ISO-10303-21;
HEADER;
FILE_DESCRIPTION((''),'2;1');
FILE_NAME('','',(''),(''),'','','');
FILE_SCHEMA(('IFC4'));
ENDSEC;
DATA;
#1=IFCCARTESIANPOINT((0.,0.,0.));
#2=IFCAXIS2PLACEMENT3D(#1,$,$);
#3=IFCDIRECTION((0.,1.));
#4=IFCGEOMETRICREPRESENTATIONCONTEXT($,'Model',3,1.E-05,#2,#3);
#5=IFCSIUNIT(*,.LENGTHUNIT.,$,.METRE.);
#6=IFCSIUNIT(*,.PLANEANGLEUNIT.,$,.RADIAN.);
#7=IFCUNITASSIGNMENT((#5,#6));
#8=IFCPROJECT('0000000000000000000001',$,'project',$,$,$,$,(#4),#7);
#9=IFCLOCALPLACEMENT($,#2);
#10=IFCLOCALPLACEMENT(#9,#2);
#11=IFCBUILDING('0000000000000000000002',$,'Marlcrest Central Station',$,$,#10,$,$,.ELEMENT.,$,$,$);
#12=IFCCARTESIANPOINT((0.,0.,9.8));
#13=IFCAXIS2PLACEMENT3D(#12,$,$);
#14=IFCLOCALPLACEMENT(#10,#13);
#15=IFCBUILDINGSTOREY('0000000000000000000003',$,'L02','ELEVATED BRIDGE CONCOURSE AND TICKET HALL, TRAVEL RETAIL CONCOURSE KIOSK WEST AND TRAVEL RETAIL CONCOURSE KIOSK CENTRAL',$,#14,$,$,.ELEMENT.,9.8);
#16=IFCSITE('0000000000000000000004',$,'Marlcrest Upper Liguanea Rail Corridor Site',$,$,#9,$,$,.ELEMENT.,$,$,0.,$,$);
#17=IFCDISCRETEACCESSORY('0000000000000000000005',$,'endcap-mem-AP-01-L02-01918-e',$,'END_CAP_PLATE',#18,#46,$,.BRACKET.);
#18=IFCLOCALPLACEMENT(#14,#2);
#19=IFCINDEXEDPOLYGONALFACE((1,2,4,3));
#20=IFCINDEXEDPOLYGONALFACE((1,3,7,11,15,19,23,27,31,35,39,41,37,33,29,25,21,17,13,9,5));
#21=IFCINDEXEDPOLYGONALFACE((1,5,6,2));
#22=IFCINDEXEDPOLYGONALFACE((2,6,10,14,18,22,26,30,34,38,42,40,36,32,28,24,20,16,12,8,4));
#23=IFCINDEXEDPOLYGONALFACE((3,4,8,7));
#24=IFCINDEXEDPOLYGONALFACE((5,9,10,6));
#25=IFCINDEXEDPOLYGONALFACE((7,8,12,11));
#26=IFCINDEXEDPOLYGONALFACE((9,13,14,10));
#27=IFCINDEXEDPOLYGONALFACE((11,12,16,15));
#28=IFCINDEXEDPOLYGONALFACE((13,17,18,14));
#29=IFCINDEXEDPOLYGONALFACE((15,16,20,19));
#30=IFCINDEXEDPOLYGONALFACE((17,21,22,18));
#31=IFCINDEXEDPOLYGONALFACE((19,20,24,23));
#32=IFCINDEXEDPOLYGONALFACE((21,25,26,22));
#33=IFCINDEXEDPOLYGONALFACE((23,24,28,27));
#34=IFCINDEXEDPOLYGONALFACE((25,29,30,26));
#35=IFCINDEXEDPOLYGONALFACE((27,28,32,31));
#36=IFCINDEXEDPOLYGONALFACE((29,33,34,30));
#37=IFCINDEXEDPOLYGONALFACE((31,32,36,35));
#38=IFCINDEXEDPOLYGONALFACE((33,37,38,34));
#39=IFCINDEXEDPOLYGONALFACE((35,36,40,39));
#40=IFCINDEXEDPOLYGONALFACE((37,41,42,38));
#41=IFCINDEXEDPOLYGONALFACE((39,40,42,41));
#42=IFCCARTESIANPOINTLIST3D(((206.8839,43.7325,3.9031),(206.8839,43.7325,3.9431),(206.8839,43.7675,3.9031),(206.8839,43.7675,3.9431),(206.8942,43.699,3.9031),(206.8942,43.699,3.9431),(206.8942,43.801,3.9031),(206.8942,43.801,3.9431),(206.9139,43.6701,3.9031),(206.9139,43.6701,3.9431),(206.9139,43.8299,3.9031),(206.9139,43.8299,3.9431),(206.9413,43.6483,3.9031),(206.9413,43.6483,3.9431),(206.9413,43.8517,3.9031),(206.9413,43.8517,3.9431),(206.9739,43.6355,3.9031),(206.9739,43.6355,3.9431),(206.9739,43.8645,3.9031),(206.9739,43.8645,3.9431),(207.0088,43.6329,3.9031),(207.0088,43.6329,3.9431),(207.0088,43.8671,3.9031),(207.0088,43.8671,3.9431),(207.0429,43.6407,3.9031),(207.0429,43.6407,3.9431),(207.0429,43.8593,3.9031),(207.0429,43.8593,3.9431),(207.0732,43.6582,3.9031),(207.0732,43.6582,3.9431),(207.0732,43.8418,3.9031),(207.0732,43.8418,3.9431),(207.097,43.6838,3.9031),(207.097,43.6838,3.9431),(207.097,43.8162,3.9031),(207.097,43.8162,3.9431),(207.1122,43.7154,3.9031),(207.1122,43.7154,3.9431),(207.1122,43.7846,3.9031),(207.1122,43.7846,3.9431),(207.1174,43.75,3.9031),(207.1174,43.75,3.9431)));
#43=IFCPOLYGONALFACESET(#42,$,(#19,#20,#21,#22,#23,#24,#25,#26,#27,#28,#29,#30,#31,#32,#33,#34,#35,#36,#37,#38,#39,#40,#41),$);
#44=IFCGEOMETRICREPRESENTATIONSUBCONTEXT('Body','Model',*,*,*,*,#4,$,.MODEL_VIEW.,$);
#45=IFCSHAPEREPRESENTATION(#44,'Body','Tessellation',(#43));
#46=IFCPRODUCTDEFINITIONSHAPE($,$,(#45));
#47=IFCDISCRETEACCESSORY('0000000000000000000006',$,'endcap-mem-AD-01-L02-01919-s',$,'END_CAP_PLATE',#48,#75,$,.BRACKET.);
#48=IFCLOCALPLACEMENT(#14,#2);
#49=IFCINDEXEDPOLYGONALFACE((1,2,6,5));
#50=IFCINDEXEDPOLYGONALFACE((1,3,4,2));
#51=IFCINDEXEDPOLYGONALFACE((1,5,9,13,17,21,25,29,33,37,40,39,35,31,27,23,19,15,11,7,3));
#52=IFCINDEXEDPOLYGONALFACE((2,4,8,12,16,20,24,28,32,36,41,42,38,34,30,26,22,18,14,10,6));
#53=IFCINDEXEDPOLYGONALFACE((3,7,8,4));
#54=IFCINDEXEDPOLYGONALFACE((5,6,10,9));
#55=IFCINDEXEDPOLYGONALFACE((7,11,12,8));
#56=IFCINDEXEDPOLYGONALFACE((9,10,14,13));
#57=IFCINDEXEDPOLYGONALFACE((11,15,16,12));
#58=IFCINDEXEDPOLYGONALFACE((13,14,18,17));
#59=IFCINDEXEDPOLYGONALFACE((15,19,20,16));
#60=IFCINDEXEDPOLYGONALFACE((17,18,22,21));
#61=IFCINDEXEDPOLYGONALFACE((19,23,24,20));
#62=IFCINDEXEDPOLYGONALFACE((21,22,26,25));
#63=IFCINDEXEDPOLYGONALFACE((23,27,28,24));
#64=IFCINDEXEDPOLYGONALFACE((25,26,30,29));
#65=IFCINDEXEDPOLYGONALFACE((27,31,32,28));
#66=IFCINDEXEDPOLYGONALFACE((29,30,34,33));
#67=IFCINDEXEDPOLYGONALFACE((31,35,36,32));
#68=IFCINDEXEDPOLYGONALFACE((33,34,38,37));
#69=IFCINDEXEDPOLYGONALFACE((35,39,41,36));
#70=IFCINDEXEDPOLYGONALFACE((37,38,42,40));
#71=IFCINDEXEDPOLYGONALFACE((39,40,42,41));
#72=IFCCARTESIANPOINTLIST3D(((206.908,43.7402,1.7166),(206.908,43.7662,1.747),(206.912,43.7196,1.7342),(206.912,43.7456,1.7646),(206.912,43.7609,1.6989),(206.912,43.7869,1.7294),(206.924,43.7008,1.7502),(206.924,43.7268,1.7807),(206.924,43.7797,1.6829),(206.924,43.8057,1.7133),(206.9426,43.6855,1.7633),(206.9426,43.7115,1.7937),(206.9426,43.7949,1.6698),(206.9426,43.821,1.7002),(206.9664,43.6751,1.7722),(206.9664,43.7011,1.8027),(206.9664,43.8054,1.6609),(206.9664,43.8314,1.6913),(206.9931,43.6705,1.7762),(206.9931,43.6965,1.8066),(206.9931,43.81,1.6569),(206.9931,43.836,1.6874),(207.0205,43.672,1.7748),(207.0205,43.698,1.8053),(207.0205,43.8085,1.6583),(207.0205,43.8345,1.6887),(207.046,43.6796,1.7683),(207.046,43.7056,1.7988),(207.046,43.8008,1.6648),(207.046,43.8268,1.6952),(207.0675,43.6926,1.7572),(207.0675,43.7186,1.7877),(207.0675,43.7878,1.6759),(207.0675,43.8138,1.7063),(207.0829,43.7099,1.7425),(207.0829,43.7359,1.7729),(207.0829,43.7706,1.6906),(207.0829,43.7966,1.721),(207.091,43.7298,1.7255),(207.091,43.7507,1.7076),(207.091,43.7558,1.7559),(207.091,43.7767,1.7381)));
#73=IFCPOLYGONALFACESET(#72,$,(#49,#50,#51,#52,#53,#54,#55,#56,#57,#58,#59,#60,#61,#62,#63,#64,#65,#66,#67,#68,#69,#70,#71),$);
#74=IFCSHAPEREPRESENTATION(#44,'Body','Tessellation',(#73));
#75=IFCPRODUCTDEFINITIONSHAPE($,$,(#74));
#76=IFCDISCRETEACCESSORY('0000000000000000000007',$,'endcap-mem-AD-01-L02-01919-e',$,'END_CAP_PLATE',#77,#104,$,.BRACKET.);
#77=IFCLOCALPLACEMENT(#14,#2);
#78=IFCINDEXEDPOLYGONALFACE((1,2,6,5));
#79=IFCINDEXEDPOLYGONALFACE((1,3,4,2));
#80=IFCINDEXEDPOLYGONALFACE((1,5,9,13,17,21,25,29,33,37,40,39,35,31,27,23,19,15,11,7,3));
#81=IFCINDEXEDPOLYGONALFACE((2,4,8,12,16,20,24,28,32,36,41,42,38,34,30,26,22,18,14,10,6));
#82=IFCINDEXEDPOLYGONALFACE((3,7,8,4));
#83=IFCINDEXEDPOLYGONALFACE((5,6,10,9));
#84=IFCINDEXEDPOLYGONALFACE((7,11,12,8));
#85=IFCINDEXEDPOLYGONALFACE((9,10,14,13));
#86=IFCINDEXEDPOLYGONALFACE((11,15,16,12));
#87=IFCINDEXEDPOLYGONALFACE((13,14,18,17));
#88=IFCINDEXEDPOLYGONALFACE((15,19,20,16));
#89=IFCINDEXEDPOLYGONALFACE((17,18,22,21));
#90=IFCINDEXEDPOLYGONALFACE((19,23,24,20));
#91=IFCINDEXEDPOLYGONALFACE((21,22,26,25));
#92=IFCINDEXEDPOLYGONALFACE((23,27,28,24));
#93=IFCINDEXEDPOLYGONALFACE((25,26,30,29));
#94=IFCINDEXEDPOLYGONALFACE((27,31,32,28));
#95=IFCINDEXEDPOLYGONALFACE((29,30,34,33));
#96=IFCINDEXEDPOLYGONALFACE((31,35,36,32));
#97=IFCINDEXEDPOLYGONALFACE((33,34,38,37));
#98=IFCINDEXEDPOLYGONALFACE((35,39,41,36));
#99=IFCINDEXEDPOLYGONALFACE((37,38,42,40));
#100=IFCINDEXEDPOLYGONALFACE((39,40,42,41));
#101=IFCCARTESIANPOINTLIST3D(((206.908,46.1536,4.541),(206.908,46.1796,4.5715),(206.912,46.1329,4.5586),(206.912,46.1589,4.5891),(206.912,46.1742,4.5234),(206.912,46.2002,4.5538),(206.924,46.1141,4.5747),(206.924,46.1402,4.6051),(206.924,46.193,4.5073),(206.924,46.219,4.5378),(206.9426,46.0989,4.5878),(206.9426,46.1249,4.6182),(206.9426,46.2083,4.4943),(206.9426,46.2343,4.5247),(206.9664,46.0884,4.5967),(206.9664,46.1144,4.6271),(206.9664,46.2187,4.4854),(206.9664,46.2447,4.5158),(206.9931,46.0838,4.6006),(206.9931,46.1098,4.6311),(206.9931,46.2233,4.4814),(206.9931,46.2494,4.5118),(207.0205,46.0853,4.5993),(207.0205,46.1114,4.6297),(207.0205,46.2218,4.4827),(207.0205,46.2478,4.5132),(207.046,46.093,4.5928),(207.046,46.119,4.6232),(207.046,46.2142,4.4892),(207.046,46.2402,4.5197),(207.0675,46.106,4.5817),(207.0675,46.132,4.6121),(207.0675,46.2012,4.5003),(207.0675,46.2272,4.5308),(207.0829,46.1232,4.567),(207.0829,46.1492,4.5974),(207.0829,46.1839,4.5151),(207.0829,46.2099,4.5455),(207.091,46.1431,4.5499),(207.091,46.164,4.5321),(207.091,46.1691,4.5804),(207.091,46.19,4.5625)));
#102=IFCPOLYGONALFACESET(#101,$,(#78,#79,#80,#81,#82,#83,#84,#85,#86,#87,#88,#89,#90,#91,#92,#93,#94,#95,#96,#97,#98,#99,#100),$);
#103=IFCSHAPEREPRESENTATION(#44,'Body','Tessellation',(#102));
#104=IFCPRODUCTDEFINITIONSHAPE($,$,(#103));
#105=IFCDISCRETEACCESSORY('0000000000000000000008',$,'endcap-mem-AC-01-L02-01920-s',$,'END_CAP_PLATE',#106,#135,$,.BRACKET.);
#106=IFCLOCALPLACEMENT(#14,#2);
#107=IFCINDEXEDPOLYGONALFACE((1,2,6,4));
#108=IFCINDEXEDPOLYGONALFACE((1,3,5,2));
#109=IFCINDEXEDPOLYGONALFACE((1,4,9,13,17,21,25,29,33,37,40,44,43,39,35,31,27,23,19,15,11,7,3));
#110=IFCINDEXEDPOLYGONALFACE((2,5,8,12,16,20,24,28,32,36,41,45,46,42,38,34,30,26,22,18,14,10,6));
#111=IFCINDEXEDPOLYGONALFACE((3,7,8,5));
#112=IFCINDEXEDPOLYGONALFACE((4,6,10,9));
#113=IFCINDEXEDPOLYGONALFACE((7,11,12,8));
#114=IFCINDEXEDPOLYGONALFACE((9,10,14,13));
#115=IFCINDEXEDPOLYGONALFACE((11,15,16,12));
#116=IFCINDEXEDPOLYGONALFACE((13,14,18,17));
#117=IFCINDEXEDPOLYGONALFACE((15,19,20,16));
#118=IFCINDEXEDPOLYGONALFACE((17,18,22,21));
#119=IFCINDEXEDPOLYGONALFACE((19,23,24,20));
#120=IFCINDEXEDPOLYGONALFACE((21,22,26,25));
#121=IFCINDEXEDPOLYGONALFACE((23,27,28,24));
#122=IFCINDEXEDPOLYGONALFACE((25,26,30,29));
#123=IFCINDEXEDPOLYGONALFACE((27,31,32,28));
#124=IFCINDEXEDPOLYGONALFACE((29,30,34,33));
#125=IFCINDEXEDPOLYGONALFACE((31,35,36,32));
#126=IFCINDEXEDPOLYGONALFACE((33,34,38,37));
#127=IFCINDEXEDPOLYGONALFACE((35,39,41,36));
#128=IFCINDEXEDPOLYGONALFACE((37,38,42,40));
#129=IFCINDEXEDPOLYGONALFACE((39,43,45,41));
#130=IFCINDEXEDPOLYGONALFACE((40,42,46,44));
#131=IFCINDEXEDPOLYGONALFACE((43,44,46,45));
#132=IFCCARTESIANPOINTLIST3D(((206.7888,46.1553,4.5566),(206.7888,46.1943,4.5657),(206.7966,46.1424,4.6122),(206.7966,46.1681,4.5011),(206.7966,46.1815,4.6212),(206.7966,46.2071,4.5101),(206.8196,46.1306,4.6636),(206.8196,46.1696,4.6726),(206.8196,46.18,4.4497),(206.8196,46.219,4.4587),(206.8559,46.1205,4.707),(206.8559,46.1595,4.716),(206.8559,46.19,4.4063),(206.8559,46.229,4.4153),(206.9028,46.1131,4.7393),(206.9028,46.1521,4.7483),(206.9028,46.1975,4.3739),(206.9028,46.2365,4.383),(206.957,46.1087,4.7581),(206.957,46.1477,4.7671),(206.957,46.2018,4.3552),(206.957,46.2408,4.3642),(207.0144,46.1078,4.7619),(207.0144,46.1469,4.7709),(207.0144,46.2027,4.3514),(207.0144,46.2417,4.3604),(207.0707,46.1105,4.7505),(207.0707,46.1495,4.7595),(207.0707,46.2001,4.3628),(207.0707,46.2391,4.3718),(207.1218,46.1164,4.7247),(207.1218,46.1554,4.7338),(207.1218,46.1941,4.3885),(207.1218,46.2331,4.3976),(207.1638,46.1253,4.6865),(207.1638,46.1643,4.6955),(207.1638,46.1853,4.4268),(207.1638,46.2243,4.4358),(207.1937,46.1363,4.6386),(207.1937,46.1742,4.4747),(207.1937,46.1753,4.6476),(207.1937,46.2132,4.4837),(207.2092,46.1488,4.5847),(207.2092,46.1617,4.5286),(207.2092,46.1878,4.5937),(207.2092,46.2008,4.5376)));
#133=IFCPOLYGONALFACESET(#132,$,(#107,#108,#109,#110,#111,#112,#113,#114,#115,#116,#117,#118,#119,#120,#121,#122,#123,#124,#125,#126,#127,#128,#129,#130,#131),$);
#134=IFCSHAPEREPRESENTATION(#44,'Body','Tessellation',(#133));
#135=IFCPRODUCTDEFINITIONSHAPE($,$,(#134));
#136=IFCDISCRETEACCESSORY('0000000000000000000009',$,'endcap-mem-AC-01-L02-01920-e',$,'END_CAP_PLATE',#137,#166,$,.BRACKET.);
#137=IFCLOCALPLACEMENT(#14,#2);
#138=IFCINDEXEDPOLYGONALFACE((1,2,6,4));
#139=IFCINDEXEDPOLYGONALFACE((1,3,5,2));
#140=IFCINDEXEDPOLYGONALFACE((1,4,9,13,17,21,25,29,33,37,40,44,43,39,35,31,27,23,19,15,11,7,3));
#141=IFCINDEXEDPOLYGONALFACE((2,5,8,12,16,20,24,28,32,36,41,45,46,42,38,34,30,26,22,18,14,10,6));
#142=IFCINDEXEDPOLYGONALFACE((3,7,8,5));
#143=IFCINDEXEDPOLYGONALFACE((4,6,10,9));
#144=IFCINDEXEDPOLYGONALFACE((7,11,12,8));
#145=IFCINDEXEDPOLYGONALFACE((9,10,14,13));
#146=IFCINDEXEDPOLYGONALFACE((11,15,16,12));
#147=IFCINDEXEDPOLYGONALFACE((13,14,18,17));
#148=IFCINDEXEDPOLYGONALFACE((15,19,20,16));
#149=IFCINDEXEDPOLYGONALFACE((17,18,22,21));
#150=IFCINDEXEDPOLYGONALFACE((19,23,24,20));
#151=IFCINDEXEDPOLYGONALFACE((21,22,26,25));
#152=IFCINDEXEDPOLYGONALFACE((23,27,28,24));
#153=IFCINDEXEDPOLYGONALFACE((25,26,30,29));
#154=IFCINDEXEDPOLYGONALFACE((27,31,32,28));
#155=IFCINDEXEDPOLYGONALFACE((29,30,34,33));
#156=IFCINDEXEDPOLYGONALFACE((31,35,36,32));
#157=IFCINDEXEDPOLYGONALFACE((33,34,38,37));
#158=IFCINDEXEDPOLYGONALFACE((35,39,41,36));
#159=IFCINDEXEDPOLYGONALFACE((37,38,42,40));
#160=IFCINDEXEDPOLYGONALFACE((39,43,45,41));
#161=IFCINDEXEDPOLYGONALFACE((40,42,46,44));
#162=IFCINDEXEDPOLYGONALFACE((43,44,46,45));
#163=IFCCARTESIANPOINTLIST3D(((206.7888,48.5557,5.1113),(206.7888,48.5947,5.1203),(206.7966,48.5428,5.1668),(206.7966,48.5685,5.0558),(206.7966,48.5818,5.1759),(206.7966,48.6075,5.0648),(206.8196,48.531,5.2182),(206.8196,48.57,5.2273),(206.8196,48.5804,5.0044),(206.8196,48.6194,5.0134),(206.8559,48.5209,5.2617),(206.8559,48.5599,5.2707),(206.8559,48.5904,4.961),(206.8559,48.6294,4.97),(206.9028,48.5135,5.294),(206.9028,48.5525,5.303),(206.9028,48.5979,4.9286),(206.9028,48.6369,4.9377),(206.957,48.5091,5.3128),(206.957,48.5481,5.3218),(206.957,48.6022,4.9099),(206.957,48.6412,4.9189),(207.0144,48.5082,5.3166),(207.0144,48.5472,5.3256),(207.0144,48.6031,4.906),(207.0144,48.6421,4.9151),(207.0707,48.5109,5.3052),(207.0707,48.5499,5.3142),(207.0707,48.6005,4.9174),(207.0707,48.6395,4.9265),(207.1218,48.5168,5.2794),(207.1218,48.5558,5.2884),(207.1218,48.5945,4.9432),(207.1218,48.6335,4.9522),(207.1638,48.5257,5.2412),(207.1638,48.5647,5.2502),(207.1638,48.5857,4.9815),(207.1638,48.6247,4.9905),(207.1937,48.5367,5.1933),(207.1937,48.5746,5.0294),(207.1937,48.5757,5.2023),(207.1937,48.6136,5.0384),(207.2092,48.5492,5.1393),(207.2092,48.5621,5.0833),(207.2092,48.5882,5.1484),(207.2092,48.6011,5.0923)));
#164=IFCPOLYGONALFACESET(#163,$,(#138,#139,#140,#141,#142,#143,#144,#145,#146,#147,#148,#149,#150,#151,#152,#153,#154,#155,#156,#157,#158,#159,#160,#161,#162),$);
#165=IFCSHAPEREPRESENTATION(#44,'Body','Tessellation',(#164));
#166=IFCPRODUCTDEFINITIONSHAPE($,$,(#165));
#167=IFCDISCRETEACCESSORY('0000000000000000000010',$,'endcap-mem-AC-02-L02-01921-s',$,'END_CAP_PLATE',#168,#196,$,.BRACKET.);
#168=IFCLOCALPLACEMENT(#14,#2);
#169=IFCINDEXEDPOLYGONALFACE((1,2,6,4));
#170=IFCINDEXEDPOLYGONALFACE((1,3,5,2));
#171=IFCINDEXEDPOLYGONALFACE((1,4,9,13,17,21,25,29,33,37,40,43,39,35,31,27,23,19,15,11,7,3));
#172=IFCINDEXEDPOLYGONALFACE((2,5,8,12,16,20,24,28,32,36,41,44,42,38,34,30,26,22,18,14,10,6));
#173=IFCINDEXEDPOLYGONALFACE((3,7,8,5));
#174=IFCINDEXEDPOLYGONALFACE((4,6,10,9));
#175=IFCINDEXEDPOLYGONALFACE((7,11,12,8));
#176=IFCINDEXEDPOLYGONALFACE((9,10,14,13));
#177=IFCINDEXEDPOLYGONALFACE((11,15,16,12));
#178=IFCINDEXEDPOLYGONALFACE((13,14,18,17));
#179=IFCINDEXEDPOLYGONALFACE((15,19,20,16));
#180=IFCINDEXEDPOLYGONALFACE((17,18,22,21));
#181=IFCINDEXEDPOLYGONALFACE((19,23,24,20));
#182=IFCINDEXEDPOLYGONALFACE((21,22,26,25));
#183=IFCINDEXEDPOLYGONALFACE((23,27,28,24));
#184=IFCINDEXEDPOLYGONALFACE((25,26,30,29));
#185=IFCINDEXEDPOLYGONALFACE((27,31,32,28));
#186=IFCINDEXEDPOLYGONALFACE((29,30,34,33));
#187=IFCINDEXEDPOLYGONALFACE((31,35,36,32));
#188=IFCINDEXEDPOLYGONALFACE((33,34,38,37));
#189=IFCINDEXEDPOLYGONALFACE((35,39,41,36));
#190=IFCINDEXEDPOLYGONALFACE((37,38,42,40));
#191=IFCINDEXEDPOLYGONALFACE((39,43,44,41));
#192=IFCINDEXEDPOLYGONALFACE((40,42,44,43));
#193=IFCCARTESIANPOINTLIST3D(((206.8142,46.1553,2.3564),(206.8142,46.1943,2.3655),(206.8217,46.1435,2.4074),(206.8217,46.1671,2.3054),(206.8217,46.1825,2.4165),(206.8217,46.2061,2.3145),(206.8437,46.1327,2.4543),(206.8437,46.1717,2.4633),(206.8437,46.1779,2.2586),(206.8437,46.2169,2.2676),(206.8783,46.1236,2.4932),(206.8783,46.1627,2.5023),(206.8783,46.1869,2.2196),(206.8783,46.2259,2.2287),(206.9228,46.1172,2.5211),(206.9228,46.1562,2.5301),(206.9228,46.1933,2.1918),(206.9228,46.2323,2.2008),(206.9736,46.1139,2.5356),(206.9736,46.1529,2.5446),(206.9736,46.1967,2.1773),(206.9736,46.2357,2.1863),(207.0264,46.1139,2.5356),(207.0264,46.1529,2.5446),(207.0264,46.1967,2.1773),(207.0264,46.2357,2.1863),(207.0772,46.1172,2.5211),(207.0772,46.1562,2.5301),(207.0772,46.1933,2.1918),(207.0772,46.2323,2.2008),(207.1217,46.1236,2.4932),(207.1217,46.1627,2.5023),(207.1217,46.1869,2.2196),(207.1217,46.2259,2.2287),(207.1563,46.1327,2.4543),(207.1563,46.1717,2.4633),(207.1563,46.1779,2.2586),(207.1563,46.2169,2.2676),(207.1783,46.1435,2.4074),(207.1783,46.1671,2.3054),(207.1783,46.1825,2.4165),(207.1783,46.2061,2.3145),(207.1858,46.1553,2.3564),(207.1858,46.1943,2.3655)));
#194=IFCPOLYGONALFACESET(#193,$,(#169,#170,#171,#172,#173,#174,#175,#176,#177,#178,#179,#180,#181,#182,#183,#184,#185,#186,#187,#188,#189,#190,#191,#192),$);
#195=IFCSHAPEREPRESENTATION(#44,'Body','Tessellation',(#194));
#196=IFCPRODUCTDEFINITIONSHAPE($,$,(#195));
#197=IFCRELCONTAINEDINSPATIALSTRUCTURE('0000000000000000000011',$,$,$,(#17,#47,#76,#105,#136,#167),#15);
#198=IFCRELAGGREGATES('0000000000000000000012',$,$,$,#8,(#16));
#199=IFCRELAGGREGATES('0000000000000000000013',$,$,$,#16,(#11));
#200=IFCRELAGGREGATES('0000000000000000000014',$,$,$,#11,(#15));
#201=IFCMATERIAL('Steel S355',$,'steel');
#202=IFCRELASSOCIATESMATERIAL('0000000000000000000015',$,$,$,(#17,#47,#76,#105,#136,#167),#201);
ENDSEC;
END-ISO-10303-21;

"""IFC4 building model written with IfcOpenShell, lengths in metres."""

from ifc_helpers import new_model, si_unit, direction, frame, origin, origin_2d, place, context, subcontext, project, spatial, circle, extrude, material, element, save


model = new_model("IFC4")

# Units and contexts
model_context = context("Model", 3, precision=1e-05, world=origin(), true_north=direction((0.0, 1.0)))
body_context = subcontext(model_context, "Body", "Model", "MODEL_VIEW")
ifc_project = project(units=[si_unit("LENGTHUNIT", "METRE"), si_unit("PLANEANGLEUNIT", "RADIAN")], contexts=[model_context])

# Site, building, storey
site_placement = place(None, origin())
site = spatial("IfcSite", under=ifc_project, at=site_placement, Name="Marlcrest Upper Liguanea Rail Corridor Site", CompositionType="ELEMENT", RefElevation=0.0)
building_placement = place(site_placement, origin())
building = spatial("IfcBuilding", under=site, at=building_placement, Name="Marlcrest Central Station", CompositionType="ELEMENT")
storey_placement = place(building_placement, frame((0.0, 0.0, 9.8)))
storey = spatial("IfcBuildingStorey", under=building, at=storey_placement, Name="L02", Description="ELEVATED BRIDGE CONCOURSE AND TICKET HALL, TRAVEL RETAIL CONCOURSE KIOSK WEST AND TRAVEL RETAIL CONCOURSE KIOSK CENTRAL", CompositionType="ELEMENT", Elevation=9.8)

# Shared definitions
ifc_material_1 = material(Name="Steel S355", Category="steel")

# Discrete accessories
for number, where, z_axis, x_axis, name in (
    (1, (207.0, 43.75, 3.9031), (0.0, 0.0, 1.0), (1.0, 0.0, 0.0), "endcap-mem-AP-01-L02-01918-e"),
):
    element("IfcDiscreteAccessory", number, at=place(storey_placement, frame(where, z_axis=z_axis, x_axis=x_axis)), inside=storey, material=ifc_material_1, Name=name, ObjectType="END_CAP_PLATE", PredefinedType="BRACKET", context=body_context, shape_type="SweptSolid", body=[
        extrude(circle(Radius=0.1174, at=origin_2d()), origin(), (0.0, 0.0, 1.0), 0.04),
    ])
for number, where, z_axis, x_axis, name in (
    (2, (207.0, 43.7402, 1.7166), (0.0, 0.649625, 0.760255), (-1.0, 0.0, 0.0), "endcap-mem-AD-01-L02-01919-s"),
    (3, (207.0, 46.1536, 4.541), (0.0, 0.649625, 0.760255), (-1.0, 0.0, 0.0), "endcap-mem-AD-01-L02-01919-e"),
):
    element("IfcDiscreteAccessory", number, at=place(storey_placement, frame(where, z_axis=z_axis, x_axis=x_axis)), inside=storey, material=ifc_material_1, Name=name, ObjectType="END_CAP_PLATE", PredefinedType="BRACKET", context=body_context, shape_type="SweptSolid", body=[
        extrude(circle(Radius=0.092, at=origin_2d()), origin(), (0.0, 0.0, 1.0), 0.04),
    ])
for number, where, z_axis, x_axis, name in (
    (4, (207.0, 46.1553, 4.5566), (0.0, 0.97433, 0.225126), (-1.0, 0.0, 0.0), "endcap-mem-AC-01-L02-01920-s"),
    (5, (207.0, 48.5557, 5.1113), (0.0, 0.97433, 0.225126), (-1.0, 0.0, 0.0), "endcap-mem-AC-01-L02-01920-e"),
):
    element("IfcDiscreteAccessory", number, at=place(storey_placement, frame(where, z_axis=z_axis, x_axis=x_axis)), inside=storey, material=ifc_material_1, Name=name, ObjectType="END_CAP_PLATE", PredefinedType="BRACKET", context=body_context, shape_type="SweptSolid", body=[
        extrude(circle(Radius=0.2112, at=origin_2d()), origin(), (0.0, 0.0, 1.0), 0.04),
    ])
for number, where, z_axis, x_axis, name in (
    (6, (207.0, 46.1553, 2.3564), (0.0, 0.974308, 0.22522), (-1.0, 0.0, 0.0), "endcap-mem-AC-02-L02-01921-s"),
):
    element("IfcDiscreteAccessory", number, at=place(storey_placement, frame(where, z_axis=z_axis, x_axis=x_axis)), inside=storey, material=ifc_material_1, Name=name, ObjectType="END_CAP_PLATE", PredefinedType="BRACKET", context=body_context, shape_type="SweptSolid", body=[
        extrude(circle(Radius=0.1858, at=origin_2d()), origin(), (0.0, 0.0, 1.0), 0.04),
    ])

save(model, "model.ifc")
